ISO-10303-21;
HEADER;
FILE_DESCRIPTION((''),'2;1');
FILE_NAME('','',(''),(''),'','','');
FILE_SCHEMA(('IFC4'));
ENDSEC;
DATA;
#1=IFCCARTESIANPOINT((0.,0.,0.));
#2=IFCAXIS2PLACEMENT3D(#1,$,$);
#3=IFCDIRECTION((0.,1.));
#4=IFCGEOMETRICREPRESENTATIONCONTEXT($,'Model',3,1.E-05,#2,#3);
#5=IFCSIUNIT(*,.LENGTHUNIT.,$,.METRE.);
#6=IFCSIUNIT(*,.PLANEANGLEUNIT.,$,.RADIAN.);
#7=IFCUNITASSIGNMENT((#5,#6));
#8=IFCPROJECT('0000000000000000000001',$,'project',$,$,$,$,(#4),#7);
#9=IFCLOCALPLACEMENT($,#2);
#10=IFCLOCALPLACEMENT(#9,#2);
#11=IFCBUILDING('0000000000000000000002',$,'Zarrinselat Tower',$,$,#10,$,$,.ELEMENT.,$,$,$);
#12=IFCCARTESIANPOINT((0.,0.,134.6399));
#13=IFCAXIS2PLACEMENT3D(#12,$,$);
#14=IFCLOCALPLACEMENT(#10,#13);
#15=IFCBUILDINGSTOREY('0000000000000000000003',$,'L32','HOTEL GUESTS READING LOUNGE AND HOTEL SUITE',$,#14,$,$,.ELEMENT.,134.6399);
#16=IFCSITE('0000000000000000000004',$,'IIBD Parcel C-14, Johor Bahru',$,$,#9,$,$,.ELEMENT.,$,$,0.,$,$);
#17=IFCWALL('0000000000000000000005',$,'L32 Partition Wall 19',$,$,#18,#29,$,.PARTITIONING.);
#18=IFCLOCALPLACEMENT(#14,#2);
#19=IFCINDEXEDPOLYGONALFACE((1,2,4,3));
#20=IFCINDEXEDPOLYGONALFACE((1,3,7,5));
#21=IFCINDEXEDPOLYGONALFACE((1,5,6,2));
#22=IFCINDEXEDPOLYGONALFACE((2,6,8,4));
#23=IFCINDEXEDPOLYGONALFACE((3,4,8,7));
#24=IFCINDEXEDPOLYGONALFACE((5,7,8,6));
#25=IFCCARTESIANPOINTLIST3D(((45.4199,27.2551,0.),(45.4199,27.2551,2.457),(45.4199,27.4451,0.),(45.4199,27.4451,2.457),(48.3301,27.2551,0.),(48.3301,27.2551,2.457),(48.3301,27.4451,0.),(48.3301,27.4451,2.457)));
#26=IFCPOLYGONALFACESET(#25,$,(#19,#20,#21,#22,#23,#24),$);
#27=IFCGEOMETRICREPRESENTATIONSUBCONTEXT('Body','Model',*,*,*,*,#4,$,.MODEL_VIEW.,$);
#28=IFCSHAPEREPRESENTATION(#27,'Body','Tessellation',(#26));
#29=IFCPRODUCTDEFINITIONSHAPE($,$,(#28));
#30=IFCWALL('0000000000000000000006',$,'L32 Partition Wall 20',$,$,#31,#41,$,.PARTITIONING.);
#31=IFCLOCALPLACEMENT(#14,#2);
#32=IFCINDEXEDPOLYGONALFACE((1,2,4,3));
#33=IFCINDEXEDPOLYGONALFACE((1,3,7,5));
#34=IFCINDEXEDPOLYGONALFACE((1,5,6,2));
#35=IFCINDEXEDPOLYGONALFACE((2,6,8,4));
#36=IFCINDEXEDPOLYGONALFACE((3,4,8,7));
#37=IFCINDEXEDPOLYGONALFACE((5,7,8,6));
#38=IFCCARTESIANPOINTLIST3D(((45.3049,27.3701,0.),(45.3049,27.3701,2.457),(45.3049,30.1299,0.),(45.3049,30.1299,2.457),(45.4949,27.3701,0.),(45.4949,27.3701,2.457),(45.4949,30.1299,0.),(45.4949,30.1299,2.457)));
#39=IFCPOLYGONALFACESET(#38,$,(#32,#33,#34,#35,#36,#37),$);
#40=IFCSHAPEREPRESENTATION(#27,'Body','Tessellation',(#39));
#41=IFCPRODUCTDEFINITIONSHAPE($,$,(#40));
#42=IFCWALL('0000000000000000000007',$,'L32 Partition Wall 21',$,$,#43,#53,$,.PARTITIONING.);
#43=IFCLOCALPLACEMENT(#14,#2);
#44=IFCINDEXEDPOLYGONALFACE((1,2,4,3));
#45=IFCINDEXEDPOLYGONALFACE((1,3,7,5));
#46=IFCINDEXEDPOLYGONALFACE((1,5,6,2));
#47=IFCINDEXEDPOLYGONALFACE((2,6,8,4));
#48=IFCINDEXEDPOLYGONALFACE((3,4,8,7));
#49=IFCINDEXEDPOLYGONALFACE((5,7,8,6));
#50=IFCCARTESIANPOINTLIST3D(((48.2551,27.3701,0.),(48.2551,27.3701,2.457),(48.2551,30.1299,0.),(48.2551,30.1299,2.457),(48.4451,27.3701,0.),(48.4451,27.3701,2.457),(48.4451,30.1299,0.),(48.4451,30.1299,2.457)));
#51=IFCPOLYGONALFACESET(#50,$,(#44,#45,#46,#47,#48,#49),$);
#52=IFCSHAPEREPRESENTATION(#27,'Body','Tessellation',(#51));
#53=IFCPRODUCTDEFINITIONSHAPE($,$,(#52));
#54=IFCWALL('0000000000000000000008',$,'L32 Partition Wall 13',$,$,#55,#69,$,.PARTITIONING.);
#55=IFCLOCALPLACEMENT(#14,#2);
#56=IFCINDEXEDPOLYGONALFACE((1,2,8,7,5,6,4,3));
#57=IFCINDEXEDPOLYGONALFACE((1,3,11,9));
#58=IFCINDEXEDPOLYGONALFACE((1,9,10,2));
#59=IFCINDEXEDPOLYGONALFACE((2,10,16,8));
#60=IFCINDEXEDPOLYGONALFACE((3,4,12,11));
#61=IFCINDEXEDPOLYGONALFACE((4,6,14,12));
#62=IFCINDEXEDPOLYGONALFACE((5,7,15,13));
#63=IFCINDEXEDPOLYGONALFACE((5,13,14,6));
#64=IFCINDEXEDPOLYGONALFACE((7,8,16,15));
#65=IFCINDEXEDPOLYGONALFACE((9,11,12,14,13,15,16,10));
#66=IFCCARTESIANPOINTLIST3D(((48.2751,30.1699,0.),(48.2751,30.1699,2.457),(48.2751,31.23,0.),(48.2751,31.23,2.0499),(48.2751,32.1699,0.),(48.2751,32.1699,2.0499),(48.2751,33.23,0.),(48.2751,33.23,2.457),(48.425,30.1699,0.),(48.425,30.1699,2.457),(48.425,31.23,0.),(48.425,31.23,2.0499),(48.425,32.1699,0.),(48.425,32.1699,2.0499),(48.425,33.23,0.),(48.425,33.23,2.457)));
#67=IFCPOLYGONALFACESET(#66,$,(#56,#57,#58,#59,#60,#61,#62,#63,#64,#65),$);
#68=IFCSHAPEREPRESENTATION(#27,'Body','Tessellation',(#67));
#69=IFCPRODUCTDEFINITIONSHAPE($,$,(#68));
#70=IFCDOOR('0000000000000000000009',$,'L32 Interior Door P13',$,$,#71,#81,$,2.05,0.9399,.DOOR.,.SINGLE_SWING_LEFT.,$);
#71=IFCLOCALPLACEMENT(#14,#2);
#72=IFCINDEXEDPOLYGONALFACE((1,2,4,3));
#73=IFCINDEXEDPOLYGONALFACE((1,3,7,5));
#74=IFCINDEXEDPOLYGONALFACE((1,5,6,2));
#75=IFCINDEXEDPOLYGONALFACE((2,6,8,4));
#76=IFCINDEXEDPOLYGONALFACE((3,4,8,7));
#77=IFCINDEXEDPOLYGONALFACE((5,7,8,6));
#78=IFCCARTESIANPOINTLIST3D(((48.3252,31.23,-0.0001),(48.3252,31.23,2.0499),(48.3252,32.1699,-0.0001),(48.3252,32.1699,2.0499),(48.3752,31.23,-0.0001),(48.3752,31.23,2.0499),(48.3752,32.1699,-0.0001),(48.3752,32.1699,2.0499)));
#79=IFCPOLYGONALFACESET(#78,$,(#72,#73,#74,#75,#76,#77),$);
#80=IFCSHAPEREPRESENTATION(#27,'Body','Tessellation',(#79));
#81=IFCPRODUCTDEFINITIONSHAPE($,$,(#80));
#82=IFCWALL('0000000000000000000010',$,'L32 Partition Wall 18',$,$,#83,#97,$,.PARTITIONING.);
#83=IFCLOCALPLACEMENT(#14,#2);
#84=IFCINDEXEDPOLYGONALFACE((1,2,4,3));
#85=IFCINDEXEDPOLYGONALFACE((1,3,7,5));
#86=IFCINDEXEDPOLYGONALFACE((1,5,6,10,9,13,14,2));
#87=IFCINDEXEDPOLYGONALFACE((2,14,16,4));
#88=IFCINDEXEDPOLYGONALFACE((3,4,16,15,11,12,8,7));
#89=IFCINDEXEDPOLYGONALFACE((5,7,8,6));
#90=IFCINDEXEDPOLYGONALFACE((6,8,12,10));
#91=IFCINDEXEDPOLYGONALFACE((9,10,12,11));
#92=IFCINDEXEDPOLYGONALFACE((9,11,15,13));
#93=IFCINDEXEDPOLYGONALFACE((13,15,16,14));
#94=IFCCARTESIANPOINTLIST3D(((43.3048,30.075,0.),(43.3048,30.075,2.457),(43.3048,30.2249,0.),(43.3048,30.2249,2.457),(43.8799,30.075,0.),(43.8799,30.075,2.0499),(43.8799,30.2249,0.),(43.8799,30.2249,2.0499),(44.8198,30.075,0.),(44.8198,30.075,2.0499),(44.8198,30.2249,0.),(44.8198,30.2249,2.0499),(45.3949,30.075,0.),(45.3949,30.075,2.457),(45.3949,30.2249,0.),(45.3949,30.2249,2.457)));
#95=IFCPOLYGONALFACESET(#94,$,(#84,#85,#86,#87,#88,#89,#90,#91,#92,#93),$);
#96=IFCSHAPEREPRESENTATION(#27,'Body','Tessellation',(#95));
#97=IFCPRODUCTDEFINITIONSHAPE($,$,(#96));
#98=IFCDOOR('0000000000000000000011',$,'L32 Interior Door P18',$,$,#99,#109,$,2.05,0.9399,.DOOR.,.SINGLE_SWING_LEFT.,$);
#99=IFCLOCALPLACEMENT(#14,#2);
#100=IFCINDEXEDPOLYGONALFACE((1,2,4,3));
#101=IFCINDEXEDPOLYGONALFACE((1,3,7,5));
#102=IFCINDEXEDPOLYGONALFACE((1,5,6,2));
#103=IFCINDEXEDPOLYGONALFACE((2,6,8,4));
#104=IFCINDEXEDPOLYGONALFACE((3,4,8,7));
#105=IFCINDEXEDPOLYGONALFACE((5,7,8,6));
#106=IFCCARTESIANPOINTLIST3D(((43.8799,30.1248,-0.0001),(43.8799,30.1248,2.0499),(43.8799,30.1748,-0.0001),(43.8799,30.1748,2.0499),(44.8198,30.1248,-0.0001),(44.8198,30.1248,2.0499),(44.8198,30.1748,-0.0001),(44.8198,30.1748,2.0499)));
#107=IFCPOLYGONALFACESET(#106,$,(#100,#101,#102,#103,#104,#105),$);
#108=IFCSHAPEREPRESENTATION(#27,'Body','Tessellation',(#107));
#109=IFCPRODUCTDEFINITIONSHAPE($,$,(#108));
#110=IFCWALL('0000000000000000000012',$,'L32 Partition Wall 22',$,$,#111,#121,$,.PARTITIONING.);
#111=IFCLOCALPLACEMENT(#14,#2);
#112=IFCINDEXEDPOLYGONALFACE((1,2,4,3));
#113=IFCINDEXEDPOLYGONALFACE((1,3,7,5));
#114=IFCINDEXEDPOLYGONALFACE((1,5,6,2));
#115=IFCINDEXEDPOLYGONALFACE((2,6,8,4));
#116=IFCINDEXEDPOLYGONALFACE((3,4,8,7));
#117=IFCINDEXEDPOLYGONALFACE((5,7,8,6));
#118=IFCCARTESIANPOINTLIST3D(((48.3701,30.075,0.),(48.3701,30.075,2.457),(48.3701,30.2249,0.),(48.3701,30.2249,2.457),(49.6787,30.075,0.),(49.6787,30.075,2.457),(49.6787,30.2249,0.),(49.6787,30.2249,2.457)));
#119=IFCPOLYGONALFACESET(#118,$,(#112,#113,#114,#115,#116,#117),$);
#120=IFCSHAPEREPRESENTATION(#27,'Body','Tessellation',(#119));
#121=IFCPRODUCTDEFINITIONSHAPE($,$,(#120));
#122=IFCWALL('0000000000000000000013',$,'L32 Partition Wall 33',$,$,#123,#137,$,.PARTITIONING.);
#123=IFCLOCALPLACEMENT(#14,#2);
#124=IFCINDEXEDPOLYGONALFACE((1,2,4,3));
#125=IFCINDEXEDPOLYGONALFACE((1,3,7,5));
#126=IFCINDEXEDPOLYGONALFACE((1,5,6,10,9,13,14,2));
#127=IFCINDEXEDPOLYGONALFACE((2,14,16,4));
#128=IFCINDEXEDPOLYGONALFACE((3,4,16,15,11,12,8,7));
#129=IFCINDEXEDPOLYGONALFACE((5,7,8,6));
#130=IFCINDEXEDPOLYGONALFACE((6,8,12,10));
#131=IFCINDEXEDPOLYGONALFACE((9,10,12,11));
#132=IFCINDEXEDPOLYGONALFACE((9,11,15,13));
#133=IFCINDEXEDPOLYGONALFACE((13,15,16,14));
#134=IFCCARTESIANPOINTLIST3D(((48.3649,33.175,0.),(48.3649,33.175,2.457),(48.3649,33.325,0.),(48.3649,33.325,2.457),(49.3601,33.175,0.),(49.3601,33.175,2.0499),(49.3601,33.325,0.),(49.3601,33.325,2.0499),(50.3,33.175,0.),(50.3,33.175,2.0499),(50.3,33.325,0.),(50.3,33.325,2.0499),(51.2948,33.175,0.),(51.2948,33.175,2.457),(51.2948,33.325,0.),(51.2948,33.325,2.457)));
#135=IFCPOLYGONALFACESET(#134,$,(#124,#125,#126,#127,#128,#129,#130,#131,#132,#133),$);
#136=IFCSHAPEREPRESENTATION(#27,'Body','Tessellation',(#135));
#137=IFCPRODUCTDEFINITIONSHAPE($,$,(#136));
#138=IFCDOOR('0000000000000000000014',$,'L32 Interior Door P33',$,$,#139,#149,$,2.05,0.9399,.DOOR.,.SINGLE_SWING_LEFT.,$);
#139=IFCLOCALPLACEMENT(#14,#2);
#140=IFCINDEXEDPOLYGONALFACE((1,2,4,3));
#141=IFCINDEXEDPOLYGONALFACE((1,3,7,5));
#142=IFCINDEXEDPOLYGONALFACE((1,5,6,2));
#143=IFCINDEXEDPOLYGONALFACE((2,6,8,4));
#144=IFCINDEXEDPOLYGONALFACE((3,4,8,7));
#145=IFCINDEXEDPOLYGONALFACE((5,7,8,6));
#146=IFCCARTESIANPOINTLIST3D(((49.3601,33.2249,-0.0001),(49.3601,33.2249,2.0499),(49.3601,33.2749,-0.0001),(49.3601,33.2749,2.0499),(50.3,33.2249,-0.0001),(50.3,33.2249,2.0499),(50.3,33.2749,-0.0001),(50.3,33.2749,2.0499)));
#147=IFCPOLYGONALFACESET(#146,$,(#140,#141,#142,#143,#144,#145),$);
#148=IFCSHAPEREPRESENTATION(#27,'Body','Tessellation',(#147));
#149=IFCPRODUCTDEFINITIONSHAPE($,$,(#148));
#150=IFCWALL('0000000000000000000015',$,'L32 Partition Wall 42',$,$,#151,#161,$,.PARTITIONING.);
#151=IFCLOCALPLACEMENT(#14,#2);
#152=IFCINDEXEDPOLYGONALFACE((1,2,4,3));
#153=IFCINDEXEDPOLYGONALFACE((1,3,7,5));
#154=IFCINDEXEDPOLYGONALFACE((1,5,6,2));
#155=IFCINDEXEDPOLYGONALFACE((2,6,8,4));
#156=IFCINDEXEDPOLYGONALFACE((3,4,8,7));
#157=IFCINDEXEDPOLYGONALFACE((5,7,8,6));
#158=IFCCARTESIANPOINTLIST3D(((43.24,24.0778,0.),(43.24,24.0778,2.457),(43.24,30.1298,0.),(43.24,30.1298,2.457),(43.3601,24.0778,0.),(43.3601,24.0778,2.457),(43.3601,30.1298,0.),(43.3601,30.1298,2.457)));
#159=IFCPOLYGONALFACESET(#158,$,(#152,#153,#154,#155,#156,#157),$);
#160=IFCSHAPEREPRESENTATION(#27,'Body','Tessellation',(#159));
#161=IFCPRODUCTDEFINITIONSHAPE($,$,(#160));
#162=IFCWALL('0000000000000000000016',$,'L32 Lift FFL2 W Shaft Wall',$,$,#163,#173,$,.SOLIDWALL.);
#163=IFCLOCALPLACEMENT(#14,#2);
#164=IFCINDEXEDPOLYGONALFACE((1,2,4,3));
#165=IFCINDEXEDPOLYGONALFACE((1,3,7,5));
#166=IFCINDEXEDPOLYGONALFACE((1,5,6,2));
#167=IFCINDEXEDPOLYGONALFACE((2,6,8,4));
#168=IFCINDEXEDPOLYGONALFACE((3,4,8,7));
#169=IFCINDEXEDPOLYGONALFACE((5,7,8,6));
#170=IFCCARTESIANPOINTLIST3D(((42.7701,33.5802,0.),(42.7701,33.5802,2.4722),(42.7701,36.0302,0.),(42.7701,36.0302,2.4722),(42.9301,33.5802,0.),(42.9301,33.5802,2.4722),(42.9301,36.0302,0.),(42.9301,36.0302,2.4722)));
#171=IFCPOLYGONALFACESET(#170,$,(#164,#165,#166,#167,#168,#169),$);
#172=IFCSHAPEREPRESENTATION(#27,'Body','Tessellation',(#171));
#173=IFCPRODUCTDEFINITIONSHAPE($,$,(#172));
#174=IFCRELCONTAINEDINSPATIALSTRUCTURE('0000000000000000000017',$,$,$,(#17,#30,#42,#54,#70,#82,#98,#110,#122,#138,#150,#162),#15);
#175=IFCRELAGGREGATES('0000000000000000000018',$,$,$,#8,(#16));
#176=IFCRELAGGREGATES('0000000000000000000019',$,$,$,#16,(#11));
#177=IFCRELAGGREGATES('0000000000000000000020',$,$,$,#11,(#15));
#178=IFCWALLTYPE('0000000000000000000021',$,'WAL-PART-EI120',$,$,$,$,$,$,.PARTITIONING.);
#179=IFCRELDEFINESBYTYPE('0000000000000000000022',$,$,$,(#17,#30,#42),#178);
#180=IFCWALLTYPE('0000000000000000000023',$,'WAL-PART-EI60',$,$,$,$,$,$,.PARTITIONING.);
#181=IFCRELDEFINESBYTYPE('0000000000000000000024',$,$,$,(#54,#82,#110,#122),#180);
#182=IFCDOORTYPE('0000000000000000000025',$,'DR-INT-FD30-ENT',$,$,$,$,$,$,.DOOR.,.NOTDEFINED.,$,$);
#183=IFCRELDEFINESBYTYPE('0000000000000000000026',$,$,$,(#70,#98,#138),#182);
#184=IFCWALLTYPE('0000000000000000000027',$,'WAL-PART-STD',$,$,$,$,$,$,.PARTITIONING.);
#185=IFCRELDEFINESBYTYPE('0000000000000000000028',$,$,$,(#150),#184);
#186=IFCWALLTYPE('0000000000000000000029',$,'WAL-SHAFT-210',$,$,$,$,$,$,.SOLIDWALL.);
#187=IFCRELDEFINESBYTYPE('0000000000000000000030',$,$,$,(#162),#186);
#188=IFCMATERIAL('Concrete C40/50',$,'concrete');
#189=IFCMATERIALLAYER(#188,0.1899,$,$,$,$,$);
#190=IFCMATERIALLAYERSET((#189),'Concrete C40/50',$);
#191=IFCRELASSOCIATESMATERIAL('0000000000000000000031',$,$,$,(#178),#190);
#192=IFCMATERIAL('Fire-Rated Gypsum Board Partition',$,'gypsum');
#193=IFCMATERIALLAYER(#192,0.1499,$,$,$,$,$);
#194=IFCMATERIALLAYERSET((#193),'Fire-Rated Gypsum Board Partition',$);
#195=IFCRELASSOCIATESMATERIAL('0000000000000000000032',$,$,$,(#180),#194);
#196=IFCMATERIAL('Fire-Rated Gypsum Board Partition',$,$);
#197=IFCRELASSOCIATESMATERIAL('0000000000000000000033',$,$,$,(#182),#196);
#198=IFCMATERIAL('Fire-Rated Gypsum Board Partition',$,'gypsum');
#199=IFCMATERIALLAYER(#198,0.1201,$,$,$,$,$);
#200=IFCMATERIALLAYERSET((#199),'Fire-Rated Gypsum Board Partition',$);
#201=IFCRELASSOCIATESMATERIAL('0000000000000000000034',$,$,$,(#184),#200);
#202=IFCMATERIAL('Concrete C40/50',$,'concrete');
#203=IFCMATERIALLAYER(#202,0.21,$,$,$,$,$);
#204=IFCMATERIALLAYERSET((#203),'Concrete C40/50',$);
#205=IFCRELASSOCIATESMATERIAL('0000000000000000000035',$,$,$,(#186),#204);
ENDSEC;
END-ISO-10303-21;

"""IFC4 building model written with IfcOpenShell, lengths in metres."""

from ifc_helpers import new_model, si_unit, direction, frame, frame_2d, origin, place, context, subcontext, project, spatial, rectangle, extrude, material, layer, layer_set, type_object, element, fill, save


model = new_model("IFC4")

# Units and contexts
model_context = context("Model", 3, precision=1e-05, world=origin(), true_north=direction((0.0, 1.0)))
body_context = subcontext(model_context, "Body", "Model", "MODEL_VIEW")
ifc_project = project(units=[si_unit("LENGTHUNIT", "METRE"), si_unit("PLANEANGLEUNIT", "RADIAN")], contexts=[model_context])

# Site, building, storey
site_placement = place(None, origin())
site = spatial("IfcSite", under=ifc_project, at=site_placement, Name="IIBD Parcel C-14, Johor Bahru", CompositionType="ELEMENT", RefElevation=0.0)
building_placement = place(site_placement, origin())
building = spatial("IfcBuilding", under=site, at=building_placement, Name="Zarrinselat Tower", CompositionType="ELEMENT")
storey_placement = place(building_placement, frame((0.0, 0.0, 134.6399)))
storey = spatial("IfcBuildingStorey", under=building, at=storey_placement, Name="L32", Description="HOTEL GUESTS READING LOUNGE AND HOTEL SUITE", CompositionType="ELEMENT", Elevation=134.6399)

# Shared definitions
ifc_material_1 = material(Name="Concrete C40/50", Category="concrete")
ifc_layer_1 = layer(ifc_material_1, 0.1899)
ifc_layer_set_1 = layer_set([ifc_layer_1], Name="Concrete C40/50")
wall_type_1 = type_object("IfcWallType", Name="WAL-PART-EI120", PredefinedType="PARTITIONING", material=ifc_layer_set_1)

# Walls
wall_1_placement = place(storey_placement, frame((45.4199, 27.3501, 0.0), z_axis=(0.0, 0.0, 1.0), x_axis=(1.0, 0.0, 0.0)))
element("IfcWall", 1, at=wall_1_placement, inside=storey, type_object=wall_type_1, Name="L32 Partition Wall 19", PredefinedType="PARTITIONING", context=body_context, shape_type="SweptSolid", body=[
    extrude(rectangle(XDim=2.9102, YDim=0.1899, at=frame_2d((1.4551, 0.0))), origin(), (0.0, 0.0, 1.0), 2.457),
])
for number, where, z_axis, x_axis, name in (
    (2, (45.3999, 27.3701, 0.0), (0.0, 0.0, 1.0), (0.0, 1.0, 0.0), "L32 Partition Wall 20"),
    (3, (48.3501, 27.3701, 0.0), (0.0, 0.0, 1.0), (0.0, 1.0, 0.0), "L32 Partition Wall 21"),
):
    element("IfcWall", number, at=place(storey_placement, frame(where, z_axis=z_axis, x_axis=x_axis)), inside=storey, type_object=wall_type_1, Name=name, PredefinedType="PARTITIONING", context=body_context, shape_type="SweptSolid", body=[
        extrude(rectangle(XDim=2.7598, YDim=0.1899, at=frame_2d((1.3799, 0.0))), origin(), (0.0, 0.0, 1.0), 2.457),
    ])

# Walls, openings, doors
ifc_material_2 = material(Name="Fire-Rated Gypsum Board Partition", Category="gypsum")
ifc_layer_2 = layer(ifc_material_2, 0.1499)
ifc_layer_set_2 = layer_set([ifc_layer_2], Name="Fire-Rated Gypsum Board Partition")
wall_type_2 = type_object("IfcWallType", Name="WAL-PART-EI60", PredefinedType="PARTITIONING", material=ifc_layer_set_2)
wall_2_placement = place(storey_placement, frame((48.3501, 30.1699, 0.0), z_axis=(0.0, 0.0, 1.0), x_axis=(0.0, 1.0, 0.0)))
wall_2 = element("IfcWall", 4, at=wall_2_placement, inside=storey, type_object=wall_type_2, Name="L32 Partition Wall 13", PredefinedType="PARTITIONING", context=body_context, shape_type="SweptSolid", body=[
    extrude(rectangle(XDim=3.0601, YDim=0.1499, at=frame_2d((1.53, 0.0))), origin(), (0.0, 0.0, 1.0), 2.457),
])
opening_1_placement = place(wall_2_placement, frame((1.0601, 0.0, 0.0)))
opening_1 = element("IfcOpeningElement", 5, at=opening_1_placement, cuts=wall_2, PredefinedType="OPENING", context=body_context, shape_type="SweptSolid", body=[
    extrude(rectangle(XDim=0.9399, YDim=2.05, at=frame_2d((0.47, 1.0249))), frame((0.0, 0.085, 0.0), z_axis=(0.0, -1.0, 0.0), x_axis=(1.0, 0.0, 0.0)), (0.0, 0.0, 1.0), 0.1699),
])
ifc_material_3 = material(Name="Fire-Rated Gypsum Board Partition")
door_type_1 = type_object("IfcDoorType", Name="DR-INT-FD30-ENT", OperationType="NOTDEFINED", PredefinedType="DOOR", material=ifc_material_3)
door_1_placement = place(opening_1_placement, origin())
door_1 = element("IfcDoor", 6, at=door_1_placement, inside=storey, type_object=door_type_1, Name="L32 Interior Door P13", OperationType="SINGLE_SWING_LEFT", OverallHeight=2.05, OverallWidth=0.9399, PredefinedType="DOOR", context=body_context, shape_type="SweptSolid", body=[
    extrude(rectangle(XDim=0.9399, YDim=2.05, at=frame_2d((0.47, 1.0249))), frame((0.0, 0.0249, 0.0), z_axis=(0.0, -1.0, 0.0), x_axis=(1.0, 0.0, 0.0)), (0.0, 0.0, 1.0), 0.05),
])
fill(opening_1, door_1)
wall_3_placement = place(storey_placement, frame((43.3049, 30.1499, 0.0), z_axis=(0.0, 0.0, 1.0), x_axis=(1.0, 0.0, 0.0)))
wall_3 = element("IfcWall", 7, at=wall_3_placement, inside=storey, type_object=wall_type_2, Name="L32 Partition Wall 18", PredefinedType="PARTITIONING", context=body_context, shape_type="SweptSolid", body=[
    extrude(rectangle(XDim=2.0901, YDim=0.1499, at=frame_2d((1.0449, 0.0))), origin(), (0.0, 0.0, 1.0), 2.457),
])
opening_2_placement = place(wall_3_placement, frame((0.575, 0.0, 0.0)))
opening_2 = element("IfcOpeningElement", 8, at=opening_2_placement, cuts=wall_3, PredefinedType="OPENING", context=body_context, shape_type="SweptSolid", body=[
    extrude(rectangle(XDim=0.9399, YDim=2.05, at=frame_2d((0.47, 1.0249))), frame((0.0, 0.085, 0.0), z_axis=(0.0, -1.0, 0.0), x_axis=(1.0, 0.0, 0.0)), (0.0, 0.0, 1.0), 0.1699),
])
door_2_placement = place(opening_2_placement, origin())
door_2 = element("IfcDoor", 9, at=door_2_placement, inside=storey, type_object=door_type_1, Name="L32 Interior Door P18", OperationType="SINGLE_SWING_LEFT", OverallHeight=2.05, OverallWidth=0.9399, PredefinedType="DOOR", context=body_context, shape_type="SweptSolid", body=[
    extrude(rectangle(XDim=0.9399, YDim=2.05, at=frame_2d((0.47, 1.0249))), frame((0.0, 0.0249, 0.0), z_axis=(0.0, -1.0, 0.0), x_axis=(1.0, 0.0, 0.0)), (0.0, 0.0, 1.0), 0.05),
])
fill(opening_2, door_2)

# Wall
wall_4_placement = place(storey_placement, frame((48.3701, 30.1499, 0.0), z_axis=(0.0, 0.0, 1.0), x_axis=(1.0, 0.0, 0.0)))
element("IfcWall", 10, at=wall_4_placement, inside=storey, type_object=wall_type_2, Name="L32 Partition Wall 22", PredefinedType="PARTITIONING", context=body_context, shape_type="SweptSolid", body=[
    extrude(rectangle(XDim=1.3086, YDim=0.1499, at=frame_2d((0.6543, 0.0))), origin(), (0.0, 0.0, 1.0), 2.457),
])

# Wall, opening, door
wall_5_placement = place(storey_placement, frame((48.365, 33.25, 0.0), z_axis=(0.0, 0.0, 1.0), x_axis=(1.0, 0.0, 0.0)))
wall_5 = element("IfcWall", 11, at=wall_5_placement, inside=storey, type_object=wall_type_2, Name="L32 Partition Wall 33", PredefinedType="PARTITIONING", context=body_context, shape_type="SweptSolid", body=[
    extrude(rectangle(XDim=2.9299, YDim=0.1499, at=frame_2d((1.4648, 0.0))), origin(), (0.0, 0.0, 1.0), 2.457),
])
opening_3_placement = place(wall_5_placement, frame((0.9951, 0.0, 0.0)))
opening_3 = element("IfcOpeningElement", 12, at=opening_3_placement, cuts=wall_5, PredefinedType="OPENING", context=body_context, shape_type="SweptSolid", body=[
    extrude(rectangle(XDim=0.9399, YDim=2.05, at=frame_2d((0.47, 1.0249))), frame((0.0, 0.085, 0.0), z_axis=(0.0, -1.0, 0.0), x_axis=(1.0, 0.0, 0.0)), (0.0, 0.0, 1.0), 0.1699),
])
door_3_placement = place(opening_3_placement, origin())
door_3 = element("IfcDoor", 13, at=door_3_placement, inside=storey, type_object=door_type_1, Name="L32 Interior Door P33", OperationType="SINGLE_SWING_LEFT", OverallHeight=2.05, OverallWidth=0.9399, PredefinedType="DOOR", context=body_context, shape_type="SweptSolid", body=[
    extrude(rectangle(XDim=0.9399, YDim=2.05, at=frame_2d((0.47, 1.0249))), frame((0.0, 0.0249, 0.0), z_axis=(0.0, -1.0, 0.0), x_axis=(1.0, 0.0, 0.0)), (0.0, 0.0, 1.0), 0.05),
])
fill(opening_3, door_3)

# Walls
ifc_material_4 = material(Name="Fire-Rated Gypsum Board Partition", Category="gypsum")
ifc_layer_3 = layer(ifc_material_4, 0.1201)
ifc_layer_set_3 = layer_set([ifc_layer_3], Name="Fire-Rated Gypsum Board Partition")
wall_type_3 = type_object("IfcWallType", Name="WAL-PART-STD", PredefinedType="PARTITIONING", material=ifc_layer_set_3)
wall_6_placement = place(storey_placement, frame((43.3, 24.0779, 0.0), z_axis=(0.0, 0.0, 1.0), x_axis=(0.0, 1.0, 0.0)))
element("IfcWall", 14, at=wall_6_placement, inside=storey, type_object=wall_type_3, Name="L32 Partition Wall 42", PredefinedType="PARTITIONING", context=body_context, shape_type="SweptSolid", body=[
    extrude(rectangle(XDim=6.052, YDim=0.1201, at=frame_2d((3.0259, 0.0))), origin(), (0.0, 0.0, 1.0), 2.457),
])
ifc_material_5 = material(Name="Concrete C40/50", Category="concrete")
ifc_layer_4 = layer(ifc_material_5, 0.21)
ifc_layer_set_4 = layer_set([ifc_layer_4], Name="Concrete C40/50")
wall_type_4 = type_object("IfcWallType", Name="WAL-SHAFT-210", PredefinedType="SOLIDWALL", material=ifc_layer_set_4)
wall_7_placement = place(storey_placement, frame((42.8501, 33.5801, 0.0), z_axis=(0.0, 0.0, 1.0), x_axis=(0.0, 1.0, 0.0)))
element("IfcWall", 15, at=wall_7_placement, inside=storey, type_object=wall_type_4, Name="L32 Lift FFL2 W Shaft Wall", PredefinedType="SOLIDWALL", context=body_context, shape_type="SweptSolid", body=[
    extrude(rectangle(XDim=2.45, YDim=0.1599, at=frame_2d((1.2251, 0.0))), origin(), (0.0, 0.0, 1.0), 2.4722),
])

save(model, "model.ifc")
